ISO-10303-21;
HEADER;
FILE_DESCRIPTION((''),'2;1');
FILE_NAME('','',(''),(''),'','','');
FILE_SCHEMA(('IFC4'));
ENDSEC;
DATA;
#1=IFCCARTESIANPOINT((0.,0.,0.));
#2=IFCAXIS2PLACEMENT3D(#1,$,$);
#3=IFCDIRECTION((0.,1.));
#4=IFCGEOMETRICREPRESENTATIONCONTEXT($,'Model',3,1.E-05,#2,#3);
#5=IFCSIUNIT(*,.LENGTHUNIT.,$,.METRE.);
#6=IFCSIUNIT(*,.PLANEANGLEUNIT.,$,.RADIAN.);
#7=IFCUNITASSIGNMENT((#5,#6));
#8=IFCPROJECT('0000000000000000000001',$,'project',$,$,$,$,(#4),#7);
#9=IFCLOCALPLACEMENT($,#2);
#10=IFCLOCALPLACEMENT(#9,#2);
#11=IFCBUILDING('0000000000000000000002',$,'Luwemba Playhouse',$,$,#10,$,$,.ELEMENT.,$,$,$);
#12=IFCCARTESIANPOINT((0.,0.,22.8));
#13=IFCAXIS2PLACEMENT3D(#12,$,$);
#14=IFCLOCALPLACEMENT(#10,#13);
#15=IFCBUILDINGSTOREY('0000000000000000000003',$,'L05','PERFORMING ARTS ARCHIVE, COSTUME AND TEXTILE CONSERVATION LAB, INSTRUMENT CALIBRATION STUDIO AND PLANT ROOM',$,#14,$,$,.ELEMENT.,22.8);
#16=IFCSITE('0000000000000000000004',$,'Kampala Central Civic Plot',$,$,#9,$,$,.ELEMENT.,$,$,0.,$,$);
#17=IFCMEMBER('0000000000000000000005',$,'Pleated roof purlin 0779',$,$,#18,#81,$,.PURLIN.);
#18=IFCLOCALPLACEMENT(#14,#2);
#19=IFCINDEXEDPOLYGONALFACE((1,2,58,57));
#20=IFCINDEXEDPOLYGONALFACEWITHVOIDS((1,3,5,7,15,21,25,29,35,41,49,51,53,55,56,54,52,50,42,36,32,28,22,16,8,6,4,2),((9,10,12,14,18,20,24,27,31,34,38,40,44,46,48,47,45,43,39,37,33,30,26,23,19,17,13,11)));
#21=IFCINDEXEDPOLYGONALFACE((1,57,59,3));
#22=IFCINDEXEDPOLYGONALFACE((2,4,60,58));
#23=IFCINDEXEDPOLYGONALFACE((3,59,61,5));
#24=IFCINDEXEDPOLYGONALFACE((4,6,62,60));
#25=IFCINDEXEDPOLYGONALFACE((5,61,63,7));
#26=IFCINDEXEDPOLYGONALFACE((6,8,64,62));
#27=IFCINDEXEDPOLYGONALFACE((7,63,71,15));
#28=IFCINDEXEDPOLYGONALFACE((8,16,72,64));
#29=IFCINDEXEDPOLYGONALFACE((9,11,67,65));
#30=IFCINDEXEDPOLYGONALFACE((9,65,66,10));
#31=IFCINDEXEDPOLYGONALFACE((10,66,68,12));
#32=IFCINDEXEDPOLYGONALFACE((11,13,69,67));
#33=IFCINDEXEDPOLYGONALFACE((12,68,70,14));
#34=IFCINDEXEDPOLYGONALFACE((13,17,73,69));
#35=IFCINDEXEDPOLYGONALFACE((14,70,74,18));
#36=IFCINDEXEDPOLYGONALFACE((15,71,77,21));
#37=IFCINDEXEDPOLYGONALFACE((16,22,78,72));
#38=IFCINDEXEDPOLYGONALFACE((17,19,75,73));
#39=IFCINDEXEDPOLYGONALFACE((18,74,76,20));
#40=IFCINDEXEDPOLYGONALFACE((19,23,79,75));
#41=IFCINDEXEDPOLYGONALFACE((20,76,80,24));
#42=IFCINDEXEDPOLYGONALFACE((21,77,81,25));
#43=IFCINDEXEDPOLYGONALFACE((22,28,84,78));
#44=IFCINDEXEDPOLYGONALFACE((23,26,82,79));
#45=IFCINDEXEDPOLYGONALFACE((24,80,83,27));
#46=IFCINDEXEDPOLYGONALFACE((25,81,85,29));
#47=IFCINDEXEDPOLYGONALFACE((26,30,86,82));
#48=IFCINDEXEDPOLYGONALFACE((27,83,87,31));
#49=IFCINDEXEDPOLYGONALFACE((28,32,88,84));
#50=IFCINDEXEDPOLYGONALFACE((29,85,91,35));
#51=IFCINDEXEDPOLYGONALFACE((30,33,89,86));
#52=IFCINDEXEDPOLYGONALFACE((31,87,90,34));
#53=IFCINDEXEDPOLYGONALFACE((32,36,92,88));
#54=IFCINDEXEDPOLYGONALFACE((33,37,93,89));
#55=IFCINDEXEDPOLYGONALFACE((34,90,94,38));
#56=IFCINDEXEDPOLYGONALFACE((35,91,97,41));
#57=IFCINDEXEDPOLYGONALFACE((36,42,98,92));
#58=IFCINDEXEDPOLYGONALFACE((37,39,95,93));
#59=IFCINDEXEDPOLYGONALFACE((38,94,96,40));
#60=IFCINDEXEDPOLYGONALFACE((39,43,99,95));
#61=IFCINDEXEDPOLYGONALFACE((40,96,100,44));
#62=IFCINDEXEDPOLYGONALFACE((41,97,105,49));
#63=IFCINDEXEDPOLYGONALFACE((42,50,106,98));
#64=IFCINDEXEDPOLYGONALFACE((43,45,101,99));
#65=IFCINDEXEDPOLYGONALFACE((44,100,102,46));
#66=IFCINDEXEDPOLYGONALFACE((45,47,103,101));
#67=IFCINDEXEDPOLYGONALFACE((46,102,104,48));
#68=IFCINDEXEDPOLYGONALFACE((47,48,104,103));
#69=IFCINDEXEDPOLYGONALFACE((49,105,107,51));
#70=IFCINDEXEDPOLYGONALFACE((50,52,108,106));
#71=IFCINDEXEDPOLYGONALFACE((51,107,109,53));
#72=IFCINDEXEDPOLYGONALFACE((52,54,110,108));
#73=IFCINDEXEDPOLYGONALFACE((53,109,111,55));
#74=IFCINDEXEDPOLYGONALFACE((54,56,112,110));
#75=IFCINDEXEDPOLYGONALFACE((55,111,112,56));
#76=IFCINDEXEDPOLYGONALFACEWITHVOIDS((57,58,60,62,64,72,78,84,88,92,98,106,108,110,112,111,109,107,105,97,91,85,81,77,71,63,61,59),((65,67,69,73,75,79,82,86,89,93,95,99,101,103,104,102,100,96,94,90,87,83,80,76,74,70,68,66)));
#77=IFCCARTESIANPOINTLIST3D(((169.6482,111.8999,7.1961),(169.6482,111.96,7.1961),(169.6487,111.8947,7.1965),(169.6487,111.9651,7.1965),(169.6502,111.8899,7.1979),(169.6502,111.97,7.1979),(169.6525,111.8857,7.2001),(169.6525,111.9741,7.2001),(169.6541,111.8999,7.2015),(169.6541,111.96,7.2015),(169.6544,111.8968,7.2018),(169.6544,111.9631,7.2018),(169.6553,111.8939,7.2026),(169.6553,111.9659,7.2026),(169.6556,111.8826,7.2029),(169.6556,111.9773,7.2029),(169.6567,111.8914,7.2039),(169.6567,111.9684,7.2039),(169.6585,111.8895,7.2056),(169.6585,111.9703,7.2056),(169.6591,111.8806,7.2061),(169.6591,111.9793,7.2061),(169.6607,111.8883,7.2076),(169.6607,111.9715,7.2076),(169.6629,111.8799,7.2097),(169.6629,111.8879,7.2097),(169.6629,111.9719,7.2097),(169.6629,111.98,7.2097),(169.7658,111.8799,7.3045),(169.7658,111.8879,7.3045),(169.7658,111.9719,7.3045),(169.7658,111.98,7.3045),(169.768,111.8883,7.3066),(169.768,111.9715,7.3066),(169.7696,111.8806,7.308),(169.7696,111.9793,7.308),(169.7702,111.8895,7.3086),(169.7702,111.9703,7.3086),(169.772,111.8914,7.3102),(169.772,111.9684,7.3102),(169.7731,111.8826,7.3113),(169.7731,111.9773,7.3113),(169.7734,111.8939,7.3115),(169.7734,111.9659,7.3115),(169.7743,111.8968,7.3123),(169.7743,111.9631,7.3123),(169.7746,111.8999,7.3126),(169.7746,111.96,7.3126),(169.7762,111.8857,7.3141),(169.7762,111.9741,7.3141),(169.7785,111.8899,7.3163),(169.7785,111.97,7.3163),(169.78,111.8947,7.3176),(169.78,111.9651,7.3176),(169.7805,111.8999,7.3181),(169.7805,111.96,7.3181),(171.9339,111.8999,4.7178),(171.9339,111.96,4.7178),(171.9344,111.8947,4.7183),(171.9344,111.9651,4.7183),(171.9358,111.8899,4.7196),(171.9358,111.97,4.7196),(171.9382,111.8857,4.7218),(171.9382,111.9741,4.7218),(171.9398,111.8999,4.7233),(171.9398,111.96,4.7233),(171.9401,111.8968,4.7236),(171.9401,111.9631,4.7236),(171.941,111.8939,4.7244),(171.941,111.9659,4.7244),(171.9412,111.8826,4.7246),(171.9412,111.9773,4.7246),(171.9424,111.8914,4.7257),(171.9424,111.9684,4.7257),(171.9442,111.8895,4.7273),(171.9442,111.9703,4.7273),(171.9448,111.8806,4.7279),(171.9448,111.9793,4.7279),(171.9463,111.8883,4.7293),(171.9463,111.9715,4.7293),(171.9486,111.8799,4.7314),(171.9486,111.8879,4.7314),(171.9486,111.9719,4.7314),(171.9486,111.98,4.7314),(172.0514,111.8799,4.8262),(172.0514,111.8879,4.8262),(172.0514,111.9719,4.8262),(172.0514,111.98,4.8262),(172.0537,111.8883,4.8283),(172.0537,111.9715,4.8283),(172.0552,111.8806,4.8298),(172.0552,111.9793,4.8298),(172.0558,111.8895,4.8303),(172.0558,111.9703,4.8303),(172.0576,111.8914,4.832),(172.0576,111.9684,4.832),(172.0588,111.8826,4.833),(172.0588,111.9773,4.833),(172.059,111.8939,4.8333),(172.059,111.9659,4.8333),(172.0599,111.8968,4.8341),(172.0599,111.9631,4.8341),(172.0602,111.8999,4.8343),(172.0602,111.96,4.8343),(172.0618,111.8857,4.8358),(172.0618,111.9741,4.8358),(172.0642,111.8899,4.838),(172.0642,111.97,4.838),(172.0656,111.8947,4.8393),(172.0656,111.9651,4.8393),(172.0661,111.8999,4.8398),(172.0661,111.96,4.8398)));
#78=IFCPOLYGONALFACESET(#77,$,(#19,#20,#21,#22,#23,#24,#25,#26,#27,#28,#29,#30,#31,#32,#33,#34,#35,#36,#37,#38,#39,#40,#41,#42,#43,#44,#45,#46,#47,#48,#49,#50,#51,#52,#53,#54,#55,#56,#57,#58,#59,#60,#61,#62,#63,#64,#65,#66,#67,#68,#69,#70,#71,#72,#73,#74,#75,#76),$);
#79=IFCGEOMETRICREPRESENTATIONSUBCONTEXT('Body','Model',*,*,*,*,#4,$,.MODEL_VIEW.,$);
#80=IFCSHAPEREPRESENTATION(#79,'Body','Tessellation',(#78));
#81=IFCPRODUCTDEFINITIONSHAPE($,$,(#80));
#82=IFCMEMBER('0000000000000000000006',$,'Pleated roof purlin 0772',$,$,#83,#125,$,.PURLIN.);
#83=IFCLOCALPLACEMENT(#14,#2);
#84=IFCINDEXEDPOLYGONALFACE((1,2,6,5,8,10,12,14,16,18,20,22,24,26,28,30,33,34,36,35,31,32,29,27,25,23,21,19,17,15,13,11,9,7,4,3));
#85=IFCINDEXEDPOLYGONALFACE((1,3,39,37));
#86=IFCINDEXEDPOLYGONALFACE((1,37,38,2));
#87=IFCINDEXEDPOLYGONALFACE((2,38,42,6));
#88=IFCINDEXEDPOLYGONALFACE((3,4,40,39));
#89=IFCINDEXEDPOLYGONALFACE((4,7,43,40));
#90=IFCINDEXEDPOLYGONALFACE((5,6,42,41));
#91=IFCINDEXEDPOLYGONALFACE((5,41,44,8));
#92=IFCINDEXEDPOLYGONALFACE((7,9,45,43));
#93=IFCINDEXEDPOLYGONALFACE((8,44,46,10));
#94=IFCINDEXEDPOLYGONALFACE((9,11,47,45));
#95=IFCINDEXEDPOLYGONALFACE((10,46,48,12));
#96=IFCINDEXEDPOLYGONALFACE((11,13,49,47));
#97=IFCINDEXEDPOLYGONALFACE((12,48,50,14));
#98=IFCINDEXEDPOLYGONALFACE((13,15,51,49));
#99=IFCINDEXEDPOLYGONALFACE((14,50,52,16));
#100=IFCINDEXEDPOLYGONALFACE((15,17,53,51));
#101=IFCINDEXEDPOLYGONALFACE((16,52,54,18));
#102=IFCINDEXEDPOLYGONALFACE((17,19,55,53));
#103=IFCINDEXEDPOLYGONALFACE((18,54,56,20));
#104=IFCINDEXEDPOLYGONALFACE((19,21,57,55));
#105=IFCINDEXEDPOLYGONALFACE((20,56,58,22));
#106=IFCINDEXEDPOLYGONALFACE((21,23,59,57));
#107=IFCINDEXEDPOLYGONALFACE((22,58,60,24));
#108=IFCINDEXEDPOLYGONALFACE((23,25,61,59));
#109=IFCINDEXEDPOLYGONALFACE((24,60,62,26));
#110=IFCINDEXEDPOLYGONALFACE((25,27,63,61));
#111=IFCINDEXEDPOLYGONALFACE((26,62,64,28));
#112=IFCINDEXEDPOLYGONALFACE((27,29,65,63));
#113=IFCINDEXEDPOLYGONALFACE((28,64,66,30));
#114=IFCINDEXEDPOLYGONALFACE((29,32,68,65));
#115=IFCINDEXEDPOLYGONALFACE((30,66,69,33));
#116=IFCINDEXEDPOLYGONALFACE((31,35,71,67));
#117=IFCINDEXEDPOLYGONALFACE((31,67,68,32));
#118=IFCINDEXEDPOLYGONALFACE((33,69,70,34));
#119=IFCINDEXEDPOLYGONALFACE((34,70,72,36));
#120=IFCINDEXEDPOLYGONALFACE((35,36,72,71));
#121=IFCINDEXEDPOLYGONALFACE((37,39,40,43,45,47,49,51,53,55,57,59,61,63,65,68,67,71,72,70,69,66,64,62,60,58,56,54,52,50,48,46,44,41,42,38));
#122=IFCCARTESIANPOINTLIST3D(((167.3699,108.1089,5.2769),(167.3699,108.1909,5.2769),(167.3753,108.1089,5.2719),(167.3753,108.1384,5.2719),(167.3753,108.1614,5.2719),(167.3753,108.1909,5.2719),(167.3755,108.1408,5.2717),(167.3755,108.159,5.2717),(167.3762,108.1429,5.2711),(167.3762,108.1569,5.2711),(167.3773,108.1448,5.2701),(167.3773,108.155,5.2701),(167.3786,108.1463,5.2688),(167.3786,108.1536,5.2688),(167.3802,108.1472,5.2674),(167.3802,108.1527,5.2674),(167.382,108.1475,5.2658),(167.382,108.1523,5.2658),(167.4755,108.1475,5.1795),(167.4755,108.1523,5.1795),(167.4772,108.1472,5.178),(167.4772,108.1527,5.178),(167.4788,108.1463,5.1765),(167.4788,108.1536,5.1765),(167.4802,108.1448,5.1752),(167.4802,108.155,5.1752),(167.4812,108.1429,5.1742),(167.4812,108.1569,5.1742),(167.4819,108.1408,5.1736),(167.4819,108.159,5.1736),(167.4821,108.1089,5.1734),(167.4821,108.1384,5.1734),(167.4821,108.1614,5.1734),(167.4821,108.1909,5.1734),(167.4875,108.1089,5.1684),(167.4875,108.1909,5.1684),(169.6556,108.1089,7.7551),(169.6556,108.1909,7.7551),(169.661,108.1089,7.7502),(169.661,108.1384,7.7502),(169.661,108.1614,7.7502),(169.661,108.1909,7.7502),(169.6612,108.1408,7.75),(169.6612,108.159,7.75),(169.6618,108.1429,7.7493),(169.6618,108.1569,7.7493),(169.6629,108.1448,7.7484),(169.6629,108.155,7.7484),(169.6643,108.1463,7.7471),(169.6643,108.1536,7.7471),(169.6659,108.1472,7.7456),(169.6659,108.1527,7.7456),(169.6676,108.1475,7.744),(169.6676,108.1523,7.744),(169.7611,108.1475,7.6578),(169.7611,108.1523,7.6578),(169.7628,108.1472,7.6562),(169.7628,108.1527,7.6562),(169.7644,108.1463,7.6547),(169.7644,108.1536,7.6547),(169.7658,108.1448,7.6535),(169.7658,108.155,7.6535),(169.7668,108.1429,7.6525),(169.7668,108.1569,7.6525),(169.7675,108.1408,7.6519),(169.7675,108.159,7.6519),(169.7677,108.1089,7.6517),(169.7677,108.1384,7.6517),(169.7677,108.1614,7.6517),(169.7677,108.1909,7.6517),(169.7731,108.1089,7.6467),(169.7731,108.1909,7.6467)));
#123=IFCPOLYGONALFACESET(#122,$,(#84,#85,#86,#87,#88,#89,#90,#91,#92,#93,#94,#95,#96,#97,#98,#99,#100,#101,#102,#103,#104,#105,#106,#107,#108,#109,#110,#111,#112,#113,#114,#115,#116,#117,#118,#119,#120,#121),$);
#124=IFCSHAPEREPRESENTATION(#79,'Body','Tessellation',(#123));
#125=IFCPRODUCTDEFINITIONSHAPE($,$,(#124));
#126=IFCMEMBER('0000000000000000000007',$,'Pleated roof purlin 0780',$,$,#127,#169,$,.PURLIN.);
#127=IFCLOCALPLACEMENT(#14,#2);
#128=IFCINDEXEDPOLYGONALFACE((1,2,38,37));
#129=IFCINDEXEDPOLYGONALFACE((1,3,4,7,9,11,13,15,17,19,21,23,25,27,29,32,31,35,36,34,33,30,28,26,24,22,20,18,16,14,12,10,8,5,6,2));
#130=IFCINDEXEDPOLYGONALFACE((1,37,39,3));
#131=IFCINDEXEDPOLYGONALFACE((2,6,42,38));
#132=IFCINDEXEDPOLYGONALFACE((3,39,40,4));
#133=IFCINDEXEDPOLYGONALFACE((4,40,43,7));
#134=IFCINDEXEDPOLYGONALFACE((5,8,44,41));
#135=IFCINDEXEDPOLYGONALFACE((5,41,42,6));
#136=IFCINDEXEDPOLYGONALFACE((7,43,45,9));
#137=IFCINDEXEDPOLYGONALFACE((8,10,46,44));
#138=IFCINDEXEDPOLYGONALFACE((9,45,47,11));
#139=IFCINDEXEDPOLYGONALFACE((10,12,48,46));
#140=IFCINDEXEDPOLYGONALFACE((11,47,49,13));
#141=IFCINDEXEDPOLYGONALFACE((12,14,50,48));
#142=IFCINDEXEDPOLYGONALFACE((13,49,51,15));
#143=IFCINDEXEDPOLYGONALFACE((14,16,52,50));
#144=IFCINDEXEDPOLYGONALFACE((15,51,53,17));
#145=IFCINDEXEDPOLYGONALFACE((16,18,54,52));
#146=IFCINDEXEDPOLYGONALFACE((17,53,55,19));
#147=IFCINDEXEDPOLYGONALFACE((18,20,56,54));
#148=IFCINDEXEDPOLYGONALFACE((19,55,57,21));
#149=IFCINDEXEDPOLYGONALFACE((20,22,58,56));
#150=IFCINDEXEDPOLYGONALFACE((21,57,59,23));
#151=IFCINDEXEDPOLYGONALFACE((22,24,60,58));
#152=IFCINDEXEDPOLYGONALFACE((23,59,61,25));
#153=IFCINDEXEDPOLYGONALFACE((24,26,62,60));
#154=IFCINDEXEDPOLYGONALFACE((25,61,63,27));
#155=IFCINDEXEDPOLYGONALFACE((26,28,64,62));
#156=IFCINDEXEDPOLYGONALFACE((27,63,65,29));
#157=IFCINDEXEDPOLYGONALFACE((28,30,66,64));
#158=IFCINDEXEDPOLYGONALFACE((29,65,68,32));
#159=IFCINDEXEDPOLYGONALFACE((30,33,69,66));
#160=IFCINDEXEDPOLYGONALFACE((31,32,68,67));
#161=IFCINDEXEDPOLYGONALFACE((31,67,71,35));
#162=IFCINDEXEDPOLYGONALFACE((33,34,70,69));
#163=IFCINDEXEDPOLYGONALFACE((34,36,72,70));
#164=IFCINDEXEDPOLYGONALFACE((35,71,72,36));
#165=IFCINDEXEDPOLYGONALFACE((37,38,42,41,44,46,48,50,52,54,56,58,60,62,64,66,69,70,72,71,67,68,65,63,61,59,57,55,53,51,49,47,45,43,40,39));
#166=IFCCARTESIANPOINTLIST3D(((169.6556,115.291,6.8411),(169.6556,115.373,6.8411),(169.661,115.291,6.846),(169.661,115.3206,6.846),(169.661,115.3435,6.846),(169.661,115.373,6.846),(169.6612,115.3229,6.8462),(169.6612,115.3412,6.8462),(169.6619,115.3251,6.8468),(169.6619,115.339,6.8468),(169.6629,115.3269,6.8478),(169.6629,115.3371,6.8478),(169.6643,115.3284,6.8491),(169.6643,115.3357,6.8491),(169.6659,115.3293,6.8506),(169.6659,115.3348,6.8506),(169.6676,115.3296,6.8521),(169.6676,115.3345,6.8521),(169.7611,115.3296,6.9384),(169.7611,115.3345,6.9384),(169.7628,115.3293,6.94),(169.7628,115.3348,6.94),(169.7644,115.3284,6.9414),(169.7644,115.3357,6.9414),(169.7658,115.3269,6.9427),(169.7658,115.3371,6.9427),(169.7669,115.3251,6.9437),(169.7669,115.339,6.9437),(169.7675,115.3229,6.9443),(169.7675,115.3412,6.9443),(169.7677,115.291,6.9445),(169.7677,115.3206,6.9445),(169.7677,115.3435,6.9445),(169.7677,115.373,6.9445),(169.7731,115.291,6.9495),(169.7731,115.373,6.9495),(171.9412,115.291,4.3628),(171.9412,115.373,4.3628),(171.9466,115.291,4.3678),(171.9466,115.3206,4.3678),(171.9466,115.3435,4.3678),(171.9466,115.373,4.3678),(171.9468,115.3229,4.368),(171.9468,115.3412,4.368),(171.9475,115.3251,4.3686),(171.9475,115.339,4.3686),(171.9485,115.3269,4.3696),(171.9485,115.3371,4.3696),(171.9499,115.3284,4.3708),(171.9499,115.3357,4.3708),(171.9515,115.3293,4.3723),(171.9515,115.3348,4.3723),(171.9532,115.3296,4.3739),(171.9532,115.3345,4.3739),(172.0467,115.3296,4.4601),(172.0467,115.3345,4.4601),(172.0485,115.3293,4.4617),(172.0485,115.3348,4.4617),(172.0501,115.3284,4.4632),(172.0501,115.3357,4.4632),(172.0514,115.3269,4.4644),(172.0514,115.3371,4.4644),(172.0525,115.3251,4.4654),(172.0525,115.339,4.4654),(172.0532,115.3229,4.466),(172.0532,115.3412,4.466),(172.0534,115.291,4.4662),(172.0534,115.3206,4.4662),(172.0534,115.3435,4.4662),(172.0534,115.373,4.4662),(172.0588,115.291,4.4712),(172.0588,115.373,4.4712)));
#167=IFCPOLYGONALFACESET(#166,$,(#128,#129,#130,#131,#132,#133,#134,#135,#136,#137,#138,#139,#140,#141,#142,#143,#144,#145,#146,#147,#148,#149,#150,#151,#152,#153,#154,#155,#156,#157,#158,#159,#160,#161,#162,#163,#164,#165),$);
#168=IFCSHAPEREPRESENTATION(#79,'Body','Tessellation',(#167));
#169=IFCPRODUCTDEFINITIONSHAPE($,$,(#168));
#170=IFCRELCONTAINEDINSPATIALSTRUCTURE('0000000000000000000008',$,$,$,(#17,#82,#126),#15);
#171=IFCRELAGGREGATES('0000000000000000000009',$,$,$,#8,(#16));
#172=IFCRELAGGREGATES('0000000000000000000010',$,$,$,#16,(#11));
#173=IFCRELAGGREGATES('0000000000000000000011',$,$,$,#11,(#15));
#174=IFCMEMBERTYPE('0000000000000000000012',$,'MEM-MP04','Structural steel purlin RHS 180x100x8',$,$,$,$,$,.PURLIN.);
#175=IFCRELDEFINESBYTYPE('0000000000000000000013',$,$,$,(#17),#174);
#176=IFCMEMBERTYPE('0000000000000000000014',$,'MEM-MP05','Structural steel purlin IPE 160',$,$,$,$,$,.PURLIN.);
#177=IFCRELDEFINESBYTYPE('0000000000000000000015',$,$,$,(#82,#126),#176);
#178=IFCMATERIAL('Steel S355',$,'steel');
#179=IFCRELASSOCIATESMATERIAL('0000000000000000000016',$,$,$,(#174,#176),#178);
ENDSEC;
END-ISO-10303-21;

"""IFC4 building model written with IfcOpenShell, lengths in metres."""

from ifc_helpers import new_model, si_unit, direction, frame, origin, origin_2d, place, context, subcontext, project, spatial, hollow_rectangle, i_section, extrude, material, material_profile, profile_set, type_object, element, save


model = new_model("IFC4")

# Units and contexts
model_context = context("Model", 3, precision=1e-05, world=origin(), true_north=direction((0.0, 1.0)))
body_context = subcontext(model_context, "Body", "Model", "MODEL_VIEW")
ifc_project = project(units=[si_unit("LENGTHUNIT", "METRE"), si_unit("PLANEANGLEUNIT", "RADIAN")], contexts=[model_context])

# Site, building, storey
site_placement = place(None, origin())
site = spatial("IfcSite", under=ifc_project, at=site_placement, Name="Kampala Central Civic Plot", CompositionType="ELEMENT", RefElevation=0.0)
building_placement = place(site_placement, origin())
building = spatial("IfcBuilding", under=site, at=building_placement, Name="Luwemba Playhouse", CompositionType="ELEMENT")
storey_placement = place(building_placement, frame((0.0, 0.0, 22.8)))
storey = spatial("IfcBuildingStorey", under=building, at=storey_placement, Name="L05", Description="PERFORMING ARTS ARCHIVE, COSTUME AND TEXTILE CONSERVATION LAB, INSTRUMENT CALIBRATION STUDIO AND PLANT ROOM", CompositionType="ELEMENT", Elevation=22.8)

# Shared definitions
ifc_material_1 = material(Name="Steel S355", Category="steel")

# Members
ifc_material_profile_1 = material_profile(ifc_material_1, hollow_rectangle(XDim=0.1001, YDim=0.1799, WallThickness=0.0081, InnerFilletRadius=0.012, OuterFilletRadius=0.02, at=origin_2d()))
ifc_profile_set_1 = profile_set([ifc_material_profile_1], Name="Steel S355")
member_type_1 = type_object("IfcMemberType", Name="MEM-MP04", Description="Structural steel purlin RHS 180x100x8", PredefinedType="PURLIN", material=ifc_profile_set_1)
member_1_placement = place(storey_placement, frame((169.7144, 111.9299, 7.2571), z_axis=(0.677961, 0.0, -0.735098), x_axis=(0.0, 1.0, 0.0)))
element("IfcMember", 1, at=member_1_placement, inside=storey, type_object=member_type_1, Name="Pleated roof purlin 0779", PredefinedType="PURLIN", context=body_context, shape_type="SweptSolid", body=[
    extrude(hollow_rectangle(XDim=0.1001, YDim=0.1799, WallThickness=0.0081, InnerFilletRadius=0.012, OuterFilletRadius=0.02, at=origin_2d()), origin(), (0.0, 0.0, 1.0), 3.3713),
])
ifc_material_profile_2 = material_profile(ifc_material_1, i_section(OverallWidth=0.082, OverallDepth=0.1599, WebThickness=0.0049, FlangeThickness=0.0073, FilletRadius=0.009, at=origin_2d()))
ifc_profile_set_2 = profile_set([ifc_material_profile_2], Name="Steel S355")
member_type_2 = type_object("IfcMemberType", Name="MEM-MP05", Description="Structural steel purlin IPE 160", PredefinedType="PURLIN", material=ifc_profile_set_2)
for number, where, z_axis, x_axis, name in (
    (2, (167.4287, 108.1499, 5.2227), (0.677961, 0.0, 0.735098), (0.0, 1.0, 0.0), "Pleated roof purlin 0772"),
    (3, (169.7144, 115.332, 6.8953), (0.677961, 0.0, -0.735098), (0.0, 1.0, 0.0), "Pleated roof purlin 0780"),
):
    element("IfcMember", number, at=place(storey_placement, frame(where, z_axis=z_axis, x_axis=x_axis)), inside=storey, type_object=member_type_2, Name=name, PredefinedType="PURLIN", context=body_context, shape_type="SweptSolid", body=[
        extrude(i_section(OverallWidth=0.082, OverallDepth=0.1599, WebThickness=0.0049, FlangeThickness=0.0073, FilletRadius=0.009, at=origin_2d()), origin(), (0.0, 0.0, 1.0), 3.3713),
    ])

save(model, "model.ifc")
